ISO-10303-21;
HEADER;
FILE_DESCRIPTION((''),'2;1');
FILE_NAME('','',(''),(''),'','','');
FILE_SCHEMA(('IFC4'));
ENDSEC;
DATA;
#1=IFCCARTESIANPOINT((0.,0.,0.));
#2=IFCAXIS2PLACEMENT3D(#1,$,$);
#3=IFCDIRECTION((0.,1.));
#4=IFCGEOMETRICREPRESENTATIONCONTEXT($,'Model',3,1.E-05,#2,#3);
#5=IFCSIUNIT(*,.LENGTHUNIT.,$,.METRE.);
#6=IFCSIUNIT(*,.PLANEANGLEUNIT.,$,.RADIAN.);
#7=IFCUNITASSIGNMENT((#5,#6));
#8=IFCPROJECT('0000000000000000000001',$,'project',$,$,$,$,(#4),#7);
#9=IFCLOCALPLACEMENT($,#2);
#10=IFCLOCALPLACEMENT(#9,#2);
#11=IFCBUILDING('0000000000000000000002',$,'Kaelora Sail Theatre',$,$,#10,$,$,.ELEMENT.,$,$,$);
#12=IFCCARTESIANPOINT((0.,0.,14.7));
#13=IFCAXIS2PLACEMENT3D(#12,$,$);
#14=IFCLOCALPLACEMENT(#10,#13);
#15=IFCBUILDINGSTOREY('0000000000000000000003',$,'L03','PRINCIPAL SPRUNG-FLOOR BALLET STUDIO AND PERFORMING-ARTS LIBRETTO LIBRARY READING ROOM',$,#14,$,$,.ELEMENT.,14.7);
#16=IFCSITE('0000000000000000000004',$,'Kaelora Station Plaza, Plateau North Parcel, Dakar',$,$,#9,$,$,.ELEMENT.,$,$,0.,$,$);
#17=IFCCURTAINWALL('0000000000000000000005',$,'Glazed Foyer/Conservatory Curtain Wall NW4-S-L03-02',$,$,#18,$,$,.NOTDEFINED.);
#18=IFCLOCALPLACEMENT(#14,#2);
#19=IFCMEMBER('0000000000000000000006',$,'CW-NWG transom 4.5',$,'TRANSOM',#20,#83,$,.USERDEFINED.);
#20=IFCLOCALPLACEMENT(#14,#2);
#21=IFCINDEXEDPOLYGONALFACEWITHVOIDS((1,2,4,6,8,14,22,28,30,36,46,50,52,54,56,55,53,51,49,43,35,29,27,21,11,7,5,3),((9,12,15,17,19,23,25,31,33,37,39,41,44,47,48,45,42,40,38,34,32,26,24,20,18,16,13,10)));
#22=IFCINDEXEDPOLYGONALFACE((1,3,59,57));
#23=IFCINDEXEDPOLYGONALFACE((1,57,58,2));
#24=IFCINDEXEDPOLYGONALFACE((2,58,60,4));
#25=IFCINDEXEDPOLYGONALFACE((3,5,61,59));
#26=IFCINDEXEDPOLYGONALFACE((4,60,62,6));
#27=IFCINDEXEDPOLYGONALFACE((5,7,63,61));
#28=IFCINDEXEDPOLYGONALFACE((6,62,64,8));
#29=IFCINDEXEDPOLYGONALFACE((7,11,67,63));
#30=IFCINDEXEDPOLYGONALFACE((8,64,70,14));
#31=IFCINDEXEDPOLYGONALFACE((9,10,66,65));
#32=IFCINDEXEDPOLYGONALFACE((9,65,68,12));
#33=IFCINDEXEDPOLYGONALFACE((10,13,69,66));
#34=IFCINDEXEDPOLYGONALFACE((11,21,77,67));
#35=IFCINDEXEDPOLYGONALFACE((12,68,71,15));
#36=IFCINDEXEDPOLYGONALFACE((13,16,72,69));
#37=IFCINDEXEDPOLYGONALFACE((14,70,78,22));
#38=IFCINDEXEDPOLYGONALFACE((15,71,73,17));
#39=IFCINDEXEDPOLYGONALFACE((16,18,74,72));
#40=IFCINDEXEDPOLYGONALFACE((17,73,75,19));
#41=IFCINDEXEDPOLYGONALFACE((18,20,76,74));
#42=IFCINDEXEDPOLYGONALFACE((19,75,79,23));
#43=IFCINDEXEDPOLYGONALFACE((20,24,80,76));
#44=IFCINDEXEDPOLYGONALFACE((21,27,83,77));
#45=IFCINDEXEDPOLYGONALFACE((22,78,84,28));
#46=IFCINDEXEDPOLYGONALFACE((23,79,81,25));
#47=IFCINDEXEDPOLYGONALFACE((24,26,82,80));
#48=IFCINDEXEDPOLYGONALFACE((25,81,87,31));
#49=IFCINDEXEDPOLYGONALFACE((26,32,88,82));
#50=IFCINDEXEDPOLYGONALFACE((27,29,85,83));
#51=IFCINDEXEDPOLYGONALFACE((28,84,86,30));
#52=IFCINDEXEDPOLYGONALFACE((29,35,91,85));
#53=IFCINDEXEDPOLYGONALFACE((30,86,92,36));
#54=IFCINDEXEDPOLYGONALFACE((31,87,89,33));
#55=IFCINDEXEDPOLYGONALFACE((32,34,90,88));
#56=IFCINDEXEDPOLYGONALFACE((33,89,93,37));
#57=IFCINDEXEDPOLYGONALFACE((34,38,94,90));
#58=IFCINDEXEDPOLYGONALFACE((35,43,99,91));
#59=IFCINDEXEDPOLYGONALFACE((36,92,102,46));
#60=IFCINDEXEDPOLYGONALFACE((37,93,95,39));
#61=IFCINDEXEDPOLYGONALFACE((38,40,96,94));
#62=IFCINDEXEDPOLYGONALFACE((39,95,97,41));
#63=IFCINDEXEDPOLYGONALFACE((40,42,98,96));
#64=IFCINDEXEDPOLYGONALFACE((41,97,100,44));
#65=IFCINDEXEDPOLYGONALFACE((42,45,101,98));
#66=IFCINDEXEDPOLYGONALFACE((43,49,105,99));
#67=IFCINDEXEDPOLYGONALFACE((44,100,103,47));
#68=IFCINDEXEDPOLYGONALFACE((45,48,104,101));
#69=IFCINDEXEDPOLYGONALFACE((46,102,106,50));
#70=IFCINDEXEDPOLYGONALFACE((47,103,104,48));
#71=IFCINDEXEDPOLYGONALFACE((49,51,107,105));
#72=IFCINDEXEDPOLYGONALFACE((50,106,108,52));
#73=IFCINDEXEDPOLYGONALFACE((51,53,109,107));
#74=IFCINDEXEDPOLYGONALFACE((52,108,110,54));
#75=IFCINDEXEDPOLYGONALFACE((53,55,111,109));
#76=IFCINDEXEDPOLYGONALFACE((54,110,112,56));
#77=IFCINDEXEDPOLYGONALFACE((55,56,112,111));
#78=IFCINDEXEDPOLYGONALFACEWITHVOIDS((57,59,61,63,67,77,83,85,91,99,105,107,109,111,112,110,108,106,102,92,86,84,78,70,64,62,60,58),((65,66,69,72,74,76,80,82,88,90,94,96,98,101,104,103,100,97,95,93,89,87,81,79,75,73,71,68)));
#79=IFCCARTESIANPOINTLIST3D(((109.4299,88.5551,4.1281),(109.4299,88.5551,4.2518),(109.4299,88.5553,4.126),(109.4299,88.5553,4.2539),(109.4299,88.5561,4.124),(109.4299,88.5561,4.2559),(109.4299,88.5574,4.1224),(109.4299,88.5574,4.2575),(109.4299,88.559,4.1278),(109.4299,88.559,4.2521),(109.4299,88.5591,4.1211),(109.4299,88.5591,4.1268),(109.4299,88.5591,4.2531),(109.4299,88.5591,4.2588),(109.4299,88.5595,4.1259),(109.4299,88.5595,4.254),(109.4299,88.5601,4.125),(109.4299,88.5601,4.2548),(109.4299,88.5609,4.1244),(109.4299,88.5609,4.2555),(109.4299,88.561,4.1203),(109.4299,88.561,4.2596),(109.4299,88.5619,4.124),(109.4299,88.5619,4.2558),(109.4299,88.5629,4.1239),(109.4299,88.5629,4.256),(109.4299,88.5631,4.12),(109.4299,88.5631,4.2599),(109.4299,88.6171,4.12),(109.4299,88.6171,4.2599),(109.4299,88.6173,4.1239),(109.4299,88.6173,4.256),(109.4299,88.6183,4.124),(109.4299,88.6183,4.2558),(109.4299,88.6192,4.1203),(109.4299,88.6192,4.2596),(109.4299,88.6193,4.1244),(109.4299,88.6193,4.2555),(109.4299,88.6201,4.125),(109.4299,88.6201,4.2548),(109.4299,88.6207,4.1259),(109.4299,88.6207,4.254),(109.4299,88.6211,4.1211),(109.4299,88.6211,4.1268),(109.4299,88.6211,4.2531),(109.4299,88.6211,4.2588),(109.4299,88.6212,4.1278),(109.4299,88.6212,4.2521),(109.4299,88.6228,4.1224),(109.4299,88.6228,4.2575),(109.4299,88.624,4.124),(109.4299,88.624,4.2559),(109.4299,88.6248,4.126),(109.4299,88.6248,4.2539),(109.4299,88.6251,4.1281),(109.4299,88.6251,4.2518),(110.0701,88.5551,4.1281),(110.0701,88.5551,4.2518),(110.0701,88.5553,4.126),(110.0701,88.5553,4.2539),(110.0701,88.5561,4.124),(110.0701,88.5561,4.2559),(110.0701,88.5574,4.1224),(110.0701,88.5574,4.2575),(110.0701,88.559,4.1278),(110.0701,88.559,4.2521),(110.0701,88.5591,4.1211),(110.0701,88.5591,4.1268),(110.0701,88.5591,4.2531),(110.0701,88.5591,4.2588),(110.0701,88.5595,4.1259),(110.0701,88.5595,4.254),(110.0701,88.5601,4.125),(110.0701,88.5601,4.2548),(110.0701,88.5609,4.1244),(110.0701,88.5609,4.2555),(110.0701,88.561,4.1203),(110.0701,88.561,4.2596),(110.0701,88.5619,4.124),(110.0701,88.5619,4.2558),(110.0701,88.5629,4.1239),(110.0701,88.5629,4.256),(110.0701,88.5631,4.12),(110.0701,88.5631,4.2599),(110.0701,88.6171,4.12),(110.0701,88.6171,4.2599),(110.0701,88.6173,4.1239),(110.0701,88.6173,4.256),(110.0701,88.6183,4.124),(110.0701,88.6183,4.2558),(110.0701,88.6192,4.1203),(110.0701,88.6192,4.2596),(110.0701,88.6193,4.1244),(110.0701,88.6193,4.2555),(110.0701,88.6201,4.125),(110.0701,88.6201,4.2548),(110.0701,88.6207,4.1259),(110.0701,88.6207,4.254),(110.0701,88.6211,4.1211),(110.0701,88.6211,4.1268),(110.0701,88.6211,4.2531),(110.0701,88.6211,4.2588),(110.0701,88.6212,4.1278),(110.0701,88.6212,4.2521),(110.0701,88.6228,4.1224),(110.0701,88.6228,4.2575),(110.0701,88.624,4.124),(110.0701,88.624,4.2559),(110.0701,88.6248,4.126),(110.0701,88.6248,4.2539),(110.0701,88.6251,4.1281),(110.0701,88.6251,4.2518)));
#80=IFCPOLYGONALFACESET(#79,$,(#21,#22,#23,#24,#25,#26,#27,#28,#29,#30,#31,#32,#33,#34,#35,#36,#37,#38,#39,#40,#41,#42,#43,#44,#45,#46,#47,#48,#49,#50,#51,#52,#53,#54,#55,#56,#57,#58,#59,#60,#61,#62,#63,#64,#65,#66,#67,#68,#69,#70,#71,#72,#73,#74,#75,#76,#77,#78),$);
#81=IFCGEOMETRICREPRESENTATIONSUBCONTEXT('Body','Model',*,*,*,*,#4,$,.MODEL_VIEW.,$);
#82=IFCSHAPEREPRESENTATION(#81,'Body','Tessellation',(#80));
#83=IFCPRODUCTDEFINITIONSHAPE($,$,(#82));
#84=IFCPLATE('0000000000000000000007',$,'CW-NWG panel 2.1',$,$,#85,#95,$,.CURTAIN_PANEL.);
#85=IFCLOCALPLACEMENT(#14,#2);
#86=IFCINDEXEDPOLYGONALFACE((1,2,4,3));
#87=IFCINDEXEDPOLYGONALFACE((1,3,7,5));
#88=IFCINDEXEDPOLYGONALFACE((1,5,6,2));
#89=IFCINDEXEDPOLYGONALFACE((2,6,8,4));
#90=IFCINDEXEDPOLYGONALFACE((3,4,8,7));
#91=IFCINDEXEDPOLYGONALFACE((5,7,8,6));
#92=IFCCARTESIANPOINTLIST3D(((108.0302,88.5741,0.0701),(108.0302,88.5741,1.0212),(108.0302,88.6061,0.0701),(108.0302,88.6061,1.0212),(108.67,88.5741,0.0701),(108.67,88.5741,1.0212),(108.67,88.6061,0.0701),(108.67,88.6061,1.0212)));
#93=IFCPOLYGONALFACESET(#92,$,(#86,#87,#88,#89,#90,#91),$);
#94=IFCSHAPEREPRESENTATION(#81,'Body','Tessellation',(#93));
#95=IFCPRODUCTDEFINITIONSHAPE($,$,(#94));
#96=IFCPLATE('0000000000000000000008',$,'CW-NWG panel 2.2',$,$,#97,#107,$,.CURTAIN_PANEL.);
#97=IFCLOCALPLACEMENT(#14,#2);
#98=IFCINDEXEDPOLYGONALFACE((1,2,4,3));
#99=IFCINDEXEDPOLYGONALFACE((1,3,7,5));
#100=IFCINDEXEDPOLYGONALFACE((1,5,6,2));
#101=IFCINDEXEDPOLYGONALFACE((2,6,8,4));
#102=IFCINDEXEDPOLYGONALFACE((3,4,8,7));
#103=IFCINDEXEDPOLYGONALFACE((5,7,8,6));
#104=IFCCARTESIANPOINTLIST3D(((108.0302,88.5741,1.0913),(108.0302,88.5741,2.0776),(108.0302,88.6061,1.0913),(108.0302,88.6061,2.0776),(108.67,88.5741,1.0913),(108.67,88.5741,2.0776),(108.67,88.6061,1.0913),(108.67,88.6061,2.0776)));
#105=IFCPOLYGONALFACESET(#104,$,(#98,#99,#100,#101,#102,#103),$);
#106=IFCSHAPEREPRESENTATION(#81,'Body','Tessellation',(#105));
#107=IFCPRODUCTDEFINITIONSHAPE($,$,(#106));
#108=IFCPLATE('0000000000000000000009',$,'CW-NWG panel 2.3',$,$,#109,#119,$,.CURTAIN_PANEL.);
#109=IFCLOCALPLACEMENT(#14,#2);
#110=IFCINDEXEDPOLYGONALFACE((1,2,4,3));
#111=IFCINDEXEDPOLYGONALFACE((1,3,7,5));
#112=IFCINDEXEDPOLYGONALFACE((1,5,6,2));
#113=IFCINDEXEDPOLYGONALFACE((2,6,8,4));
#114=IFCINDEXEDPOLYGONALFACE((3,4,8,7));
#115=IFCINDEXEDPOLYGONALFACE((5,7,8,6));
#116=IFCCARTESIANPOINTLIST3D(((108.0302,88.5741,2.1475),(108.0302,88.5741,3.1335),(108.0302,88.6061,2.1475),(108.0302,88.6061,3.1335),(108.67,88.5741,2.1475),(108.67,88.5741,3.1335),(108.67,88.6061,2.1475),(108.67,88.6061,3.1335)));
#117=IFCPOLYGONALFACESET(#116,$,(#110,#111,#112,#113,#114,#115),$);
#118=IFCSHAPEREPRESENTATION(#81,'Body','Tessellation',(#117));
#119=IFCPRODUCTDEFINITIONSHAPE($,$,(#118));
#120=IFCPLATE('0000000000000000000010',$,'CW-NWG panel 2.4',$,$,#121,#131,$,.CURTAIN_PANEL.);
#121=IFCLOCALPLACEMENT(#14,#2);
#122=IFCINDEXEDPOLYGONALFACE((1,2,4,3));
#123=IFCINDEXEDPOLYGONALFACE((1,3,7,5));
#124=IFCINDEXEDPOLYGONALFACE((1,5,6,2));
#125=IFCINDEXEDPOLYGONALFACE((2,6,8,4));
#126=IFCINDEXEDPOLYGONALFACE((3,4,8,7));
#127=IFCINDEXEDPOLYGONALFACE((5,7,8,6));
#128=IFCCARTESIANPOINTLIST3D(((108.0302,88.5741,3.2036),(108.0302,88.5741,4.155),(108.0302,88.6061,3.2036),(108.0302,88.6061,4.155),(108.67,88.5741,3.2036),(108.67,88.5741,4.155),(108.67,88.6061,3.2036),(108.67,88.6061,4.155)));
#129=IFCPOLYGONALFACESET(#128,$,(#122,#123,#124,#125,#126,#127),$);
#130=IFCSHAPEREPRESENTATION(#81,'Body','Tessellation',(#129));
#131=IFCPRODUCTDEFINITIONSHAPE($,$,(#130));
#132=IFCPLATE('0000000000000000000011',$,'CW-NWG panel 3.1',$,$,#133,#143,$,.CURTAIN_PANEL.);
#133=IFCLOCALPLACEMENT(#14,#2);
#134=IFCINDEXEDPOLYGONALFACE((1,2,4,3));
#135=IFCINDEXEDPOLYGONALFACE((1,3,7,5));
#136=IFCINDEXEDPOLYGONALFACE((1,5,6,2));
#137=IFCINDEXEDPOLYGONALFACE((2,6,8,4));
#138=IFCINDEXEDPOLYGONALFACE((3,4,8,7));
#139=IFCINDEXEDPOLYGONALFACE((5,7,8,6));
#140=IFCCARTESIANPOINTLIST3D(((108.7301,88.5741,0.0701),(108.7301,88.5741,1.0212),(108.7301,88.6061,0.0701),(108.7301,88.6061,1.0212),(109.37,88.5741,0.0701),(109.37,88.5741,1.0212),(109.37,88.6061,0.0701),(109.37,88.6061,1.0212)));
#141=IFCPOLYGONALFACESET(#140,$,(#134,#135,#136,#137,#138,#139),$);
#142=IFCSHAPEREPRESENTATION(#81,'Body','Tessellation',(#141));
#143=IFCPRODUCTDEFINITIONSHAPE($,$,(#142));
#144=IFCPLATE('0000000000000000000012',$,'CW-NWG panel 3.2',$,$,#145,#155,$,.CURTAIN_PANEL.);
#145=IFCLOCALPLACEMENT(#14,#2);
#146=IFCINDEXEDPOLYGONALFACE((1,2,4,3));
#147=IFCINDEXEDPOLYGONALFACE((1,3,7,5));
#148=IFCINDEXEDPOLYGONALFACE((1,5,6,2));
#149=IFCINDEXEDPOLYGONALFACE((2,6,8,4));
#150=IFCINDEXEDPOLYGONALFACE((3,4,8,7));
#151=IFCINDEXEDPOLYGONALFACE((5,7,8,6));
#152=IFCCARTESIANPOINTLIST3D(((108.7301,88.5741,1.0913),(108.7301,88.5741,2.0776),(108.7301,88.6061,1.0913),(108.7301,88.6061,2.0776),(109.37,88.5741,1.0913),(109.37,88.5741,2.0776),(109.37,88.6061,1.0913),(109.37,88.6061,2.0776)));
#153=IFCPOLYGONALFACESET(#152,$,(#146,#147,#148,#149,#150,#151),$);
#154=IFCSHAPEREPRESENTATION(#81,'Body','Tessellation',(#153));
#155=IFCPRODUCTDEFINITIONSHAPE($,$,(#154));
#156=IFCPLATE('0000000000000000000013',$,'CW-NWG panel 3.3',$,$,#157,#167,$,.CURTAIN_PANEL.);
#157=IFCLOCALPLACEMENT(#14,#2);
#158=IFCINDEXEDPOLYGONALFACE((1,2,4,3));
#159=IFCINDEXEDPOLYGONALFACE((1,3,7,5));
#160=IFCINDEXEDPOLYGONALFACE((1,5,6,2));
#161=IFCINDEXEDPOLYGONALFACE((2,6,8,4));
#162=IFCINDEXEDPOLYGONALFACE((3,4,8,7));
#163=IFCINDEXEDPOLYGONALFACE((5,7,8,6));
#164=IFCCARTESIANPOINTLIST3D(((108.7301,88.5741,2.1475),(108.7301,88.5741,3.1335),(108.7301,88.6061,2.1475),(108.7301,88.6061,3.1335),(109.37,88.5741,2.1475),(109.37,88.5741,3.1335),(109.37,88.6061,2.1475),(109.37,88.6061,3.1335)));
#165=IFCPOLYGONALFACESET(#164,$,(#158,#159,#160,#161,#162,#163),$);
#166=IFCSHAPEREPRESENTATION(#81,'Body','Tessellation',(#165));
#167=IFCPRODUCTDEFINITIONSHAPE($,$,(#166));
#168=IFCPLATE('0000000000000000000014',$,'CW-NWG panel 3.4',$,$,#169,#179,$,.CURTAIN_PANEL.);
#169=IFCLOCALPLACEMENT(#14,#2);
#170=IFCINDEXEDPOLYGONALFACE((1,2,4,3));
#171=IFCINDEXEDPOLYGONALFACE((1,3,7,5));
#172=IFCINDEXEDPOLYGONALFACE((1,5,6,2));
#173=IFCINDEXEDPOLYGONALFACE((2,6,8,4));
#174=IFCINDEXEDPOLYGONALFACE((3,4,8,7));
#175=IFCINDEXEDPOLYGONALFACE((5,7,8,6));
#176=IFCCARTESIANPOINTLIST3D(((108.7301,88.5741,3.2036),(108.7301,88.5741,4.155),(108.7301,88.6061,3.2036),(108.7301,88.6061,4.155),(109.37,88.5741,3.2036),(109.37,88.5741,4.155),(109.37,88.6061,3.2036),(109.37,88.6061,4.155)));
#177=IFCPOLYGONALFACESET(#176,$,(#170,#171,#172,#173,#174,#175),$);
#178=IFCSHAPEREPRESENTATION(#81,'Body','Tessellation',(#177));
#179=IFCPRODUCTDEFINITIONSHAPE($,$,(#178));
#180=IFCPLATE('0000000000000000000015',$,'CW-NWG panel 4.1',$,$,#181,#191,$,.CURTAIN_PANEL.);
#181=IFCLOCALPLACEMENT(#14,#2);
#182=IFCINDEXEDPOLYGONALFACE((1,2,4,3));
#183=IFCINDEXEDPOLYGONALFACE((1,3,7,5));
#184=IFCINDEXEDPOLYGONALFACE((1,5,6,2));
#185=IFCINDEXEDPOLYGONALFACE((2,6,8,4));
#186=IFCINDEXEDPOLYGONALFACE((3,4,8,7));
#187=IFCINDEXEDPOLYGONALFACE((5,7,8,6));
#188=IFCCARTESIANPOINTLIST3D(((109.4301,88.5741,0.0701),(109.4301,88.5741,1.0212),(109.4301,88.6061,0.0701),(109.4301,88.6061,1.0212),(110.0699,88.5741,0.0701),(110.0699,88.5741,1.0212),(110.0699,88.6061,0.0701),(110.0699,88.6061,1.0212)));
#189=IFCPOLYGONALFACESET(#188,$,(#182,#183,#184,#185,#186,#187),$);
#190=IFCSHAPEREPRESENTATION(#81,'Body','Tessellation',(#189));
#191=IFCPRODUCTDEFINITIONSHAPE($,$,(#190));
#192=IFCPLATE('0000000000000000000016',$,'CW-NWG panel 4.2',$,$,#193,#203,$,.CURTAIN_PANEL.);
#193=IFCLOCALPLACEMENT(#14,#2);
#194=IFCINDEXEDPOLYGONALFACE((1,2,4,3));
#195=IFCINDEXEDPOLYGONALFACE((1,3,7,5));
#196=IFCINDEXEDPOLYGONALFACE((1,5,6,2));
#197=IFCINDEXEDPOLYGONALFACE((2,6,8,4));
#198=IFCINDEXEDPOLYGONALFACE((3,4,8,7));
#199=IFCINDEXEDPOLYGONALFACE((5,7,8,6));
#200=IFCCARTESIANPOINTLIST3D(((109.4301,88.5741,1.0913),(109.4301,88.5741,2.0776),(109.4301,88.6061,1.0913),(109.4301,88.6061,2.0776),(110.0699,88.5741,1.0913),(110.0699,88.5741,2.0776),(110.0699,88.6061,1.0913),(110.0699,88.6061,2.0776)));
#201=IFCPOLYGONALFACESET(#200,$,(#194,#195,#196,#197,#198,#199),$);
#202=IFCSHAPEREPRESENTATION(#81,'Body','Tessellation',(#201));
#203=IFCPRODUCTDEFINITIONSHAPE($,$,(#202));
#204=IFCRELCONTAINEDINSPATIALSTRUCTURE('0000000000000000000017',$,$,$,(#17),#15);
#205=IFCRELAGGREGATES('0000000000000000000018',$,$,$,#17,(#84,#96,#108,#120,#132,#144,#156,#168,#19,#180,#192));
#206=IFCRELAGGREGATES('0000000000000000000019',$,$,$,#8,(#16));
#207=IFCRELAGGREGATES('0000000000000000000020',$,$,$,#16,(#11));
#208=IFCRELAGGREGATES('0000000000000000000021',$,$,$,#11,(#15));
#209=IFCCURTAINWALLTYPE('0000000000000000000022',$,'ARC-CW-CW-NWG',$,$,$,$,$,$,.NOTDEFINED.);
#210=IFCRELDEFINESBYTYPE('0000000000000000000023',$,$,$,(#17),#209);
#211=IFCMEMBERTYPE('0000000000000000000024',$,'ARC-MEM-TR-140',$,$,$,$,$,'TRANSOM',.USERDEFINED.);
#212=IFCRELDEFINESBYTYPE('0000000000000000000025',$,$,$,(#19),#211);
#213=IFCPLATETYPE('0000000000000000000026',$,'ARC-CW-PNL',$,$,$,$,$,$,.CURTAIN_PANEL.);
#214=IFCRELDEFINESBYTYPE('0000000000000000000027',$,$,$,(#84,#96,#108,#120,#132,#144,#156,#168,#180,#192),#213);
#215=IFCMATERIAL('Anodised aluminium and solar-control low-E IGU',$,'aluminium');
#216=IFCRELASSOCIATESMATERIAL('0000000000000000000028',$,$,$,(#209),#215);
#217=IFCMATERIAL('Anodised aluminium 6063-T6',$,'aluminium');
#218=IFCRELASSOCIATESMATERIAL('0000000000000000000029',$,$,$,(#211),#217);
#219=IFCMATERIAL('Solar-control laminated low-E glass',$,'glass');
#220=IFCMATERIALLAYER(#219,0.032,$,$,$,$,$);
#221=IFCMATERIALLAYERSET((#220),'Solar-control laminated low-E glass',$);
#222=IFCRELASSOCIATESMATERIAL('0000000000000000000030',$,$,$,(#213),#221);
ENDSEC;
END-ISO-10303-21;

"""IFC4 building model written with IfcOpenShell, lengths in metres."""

from ifc_helpers import new_model, si_unit, direction, frame, origin, origin_2d, place, context, subcontext, project, spatial, rectangle, hollow_rectangle, extrude, material, layer, layer_set, material_profile, profile_set, type_object, element, aggregate, save


model = new_model("IFC4")

# Units and contexts
model_context = context("Model", 3, precision=1e-05, world=origin(), true_north=direction((0.0, 1.0)))
body_context = subcontext(model_context, "Body", "Model", "MODEL_VIEW")
ifc_project = project(units=[si_unit("LENGTHUNIT", "METRE"), si_unit("PLANEANGLEUNIT", "RADIAN")], contexts=[model_context])

# Site, building, storey
site_placement = place(None, origin())
site = spatial("IfcSite", under=ifc_project, at=site_placement, Name="Kaelora Station Plaza, Plateau North Parcel, Dakar", CompositionType="ELEMENT", RefElevation=0.0)
building_placement = place(site_placement, origin())
building = spatial("IfcBuilding", under=site, at=building_placement, Name="Kaelora Sail Theatre", CompositionType="ELEMENT")
storey_placement = place(building_placement, frame((0.0, 0.0, 14.7)))
storey = spatial("IfcBuildingStorey", under=building, at=storey_placement, Name="L03", Description="PRINCIPAL SPRUNG-FLOOR BALLET STUDIO AND PERFORMING-ARTS LIBRETTO LIBRARY READING ROOM", CompositionType="ELEMENT", Elevation=14.7)

# Curtain wall, member, plates
ifc_material_1 = material(Name="Anodised aluminium and solar-control low-E IGU", Category="aluminium")
curtain_wall_type = type_object("IfcCurtainWallType", Name="ARC-CW-CW-NWG", PredefinedType="NOTDEFINED", material=ifc_material_1)
curtain_wall_placement = place(storey_placement, origin())
curtain_wall = element("IfcCurtainWall", 1, at=curtain_wall_placement, inside=storey, type_object=curtain_wall_type, Name="Glazed Foyer/Conservatory Curtain Wall NW4-S-L03-02", PredefinedType="NOTDEFINED")
ifc_material_2 = material(Name="Anodised aluminium 6063-T6", Category="aluminium")
ifc_material_profile_1 = material_profile(ifc_material_2, hollow_rectangle(XDim=0.0701, YDim=0.1399, WallThickness=0.0039, InnerFilletRadius=0.0039, OuterFilletRadius=0.0081, at=origin_2d()), Name="ALU-TRAN 70x140x4")
ifc_profile_set_1 = profile_set([ifc_material_profile_1], Name="Anodised aluminium 6063-T6")
member_type_1 = type_object("IfcMemberType", Name="ARC-MEM-TR-140", ElementType="TRANSOM", PredefinedType="USERDEFINED", material=ifc_profile_set_1)
member_1_placement = place(storey_placement, frame((109.4299, 88.5901, 4.1899), z_axis=(1.0, 0.0, 0.0), x_axis=(0.0, 1.0, 0.0)))
member_1 = element("IfcMember", 2, at=member_1_placement, type_object=member_type_1, Name="CW-NWG transom 4.5", ObjectType="TRANSOM", PredefinedType="USERDEFINED", context=body_context, shape_type="SweptSolid", body=[
    extrude(hollow_rectangle(XDim=0.0701, YDim=0.1399, WallThickness=0.0039, InnerFilletRadius=0.0039, OuterFilletRadius=0.0081, at=origin_2d()), origin(), (0.0, 0.0, 1.0), 0.6401),
])
ifc_material_3 = material(Name="Solar-control laminated low-E glass", Category="glass")
ifc_layer = layer(ifc_material_3, 0.032)
ifc_layer_set = layer_set([ifc_layer], Name="Solar-control laminated low-E glass")
plate_type = type_object("IfcPlateType", Name="ARC-CW-PNL", PredefinedType="CURTAIN_PANEL", material=ifc_layer_set)
plate_1_placement = place(storey_placement, frame((108.3501, 88.5901, 0.0701), z_axis=(0.0, 0.0, 1.0), x_axis=(1.0, 0.0, 0.0)))
plate_1 = element("IfcPlate", 3, at=plate_1_placement, type_object=plate_type, Name="CW-NWG panel 2.1", PredefinedType="CURTAIN_PANEL", context=body_context, shape_type="SweptSolid", body=[
    extrude(rectangle(XDim=0.6399, YDim=0.032, at=origin_2d()), origin(), (0.0, 0.0, 1.0), 0.9512),
])
plate_2_placement = place(storey_placement, frame((108.3501, 88.5901, 1.0913), z_axis=(0.0, 0.0, 1.0), x_axis=(1.0, 0.0, 0.0)))
plate_2 = element("IfcPlate", 4, at=plate_2_placement, type_object=plate_type, Name="CW-NWG panel 2.2", PredefinedType="CURTAIN_PANEL", context=body_context, shape_type="SweptSolid", body=[
    extrude(rectangle(XDim=0.6399, YDim=0.032, at=origin_2d()), origin(), (0.0, 0.0, 1.0), 0.9863),
])
plate_3_placement = place(storey_placement, frame((108.3501, 88.5901, 2.1475), z_axis=(0.0, 0.0, 1.0), x_axis=(1.0, 0.0, 0.0)))
plate_3 = element("IfcPlate", 5, at=plate_3_placement, type_object=plate_type, Name="CW-NWG panel 2.3", PredefinedType="CURTAIN_PANEL", context=body_context, shape_type="SweptSolid", body=[
    extrude(rectangle(XDim=0.6399, YDim=0.032, at=origin_2d()), origin(), (0.0, 0.0, 1.0), 0.9861),
])
plate_4_placement = place(storey_placement, frame((108.3501, 88.5901, 3.2036), z_axis=(0.0, 0.0, 1.0), x_axis=(1.0, 0.0, 0.0)))
plate_4 = element("IfcPlate", 6, at=plate_4_placement, type_object=plate_type, Name="CW-NWG panel 2.4", PredefinedType="CURTAIN_PANEL", context=body_context, shape_type="SweptSolid", body=[
    extrude(rectangle(XDim=0.6399, YDim=0.032, at=origin_2d()), origin(), (0.0, 0.0, 1.0), 0.9514),
])
plate_5_placement = place(storey_placement, frame((109.05, 88.5901, 0.0701), z_axis=(0.0, 0.0, 1.0), x_axis=(1.0, 0.0, 0.0)))
plate_5 = element("IfcPlate", 7, at=plate_5_placement, type_object=plate_type, Name="CW-NWG panel 3.1", PredefinedType="CURTAIN_PANEL", context=body_context, shape_type="SweptSolid", body=[
    extrude(rectangle(XDim=0.6399, YDim=0.032, at=origin_2d()), origin(), (0.0, 0.0, 1.0), 0.9512),
])
plate_6_placement = place(storey_placement, frame((109.05, 88.5901, 1.0913), z_axis=(0.0, 0.0, 1.0), x_axis=(1.0, 0.0, 0.0)))
plate_6 = element("IfcPlate", 8, at=plate_6_placement, type_object=plate_type, Name="CW-NWG panel 3.2", PredefinedType="CURTAIN_PANEL", context=body_context, shape_type="SweptSolid", body=[
    extrude(rectangle(XDim=0.6399, YDim=0.032, at=origin_2d()), origin(), (0.0, 0.0, 1.0), 0.9863),
])
plate_7_placement = place(storey_placement, frame((109.05, 88.5901, 2.1475), z_axis=(0.0, 0.0, 1.0), x_axis=(1.0, 0.0, 0.0)))
plate_7 = element("IfcPlate", 9, at=plate_7_placement, type_object=plate_type, Name="CW-NWG panel 3.3", PredefinedType="CURTAIN_PANEL", context=body_context, shape_type="SweptSolid", body=[
    extrude(rectangle(XDim=0.6399, YDim=0.032, at=origin_2d()), origin(), (0.0, 0.0, 1.0), 0.9861),
])
plate_8_placement = place(storey_placement, frame((109.05, 88.5901, 3.2036), z_axis=(0.0, 0.0, 1.0), x_axis=(1.0, 0.0, 0.0)))
plate_8 = element("IfcPlate", 10, at=plate_8_placement, type_object=plate_type, Name="CW-NWG panel 3.4", PredefinedType="CURTAIN_PANEL", context=body_context, shape_type="SweptSolid", body=[
    extrude(rectangle(XDim=0.6399, YDim=0.032, at=origin_2d()), origin(), (0.0, 0.0, 1.0), 0.9514),
])
plate_9_placement = place(storey_placement, frame((109.75, 88.5901, 0.0701), z_axis=(0.0, 0.0, 1.0), x_axis=(1.0, 0.0, 0.0)))
plate_9 = element("IfcPlate", 11, at=plate_9_placement, type_object=plate_type, Name="CW-NWG panel 4.1", PredefinedType="CURTAIN_PANEL", context=body_context, shape_type="SweptSolid", body=[
    extrude(rectangle(XDim=0.6399, YDim=0.032, at=origin_2d()), origin(), (0.0, 0.0, 1.0), 0.9512),
])
plate_10_placement = place(storey_placement, frame((109.75, 88.5901, 1.0913), z_axis=(0.0, 0.0, 1.0), x_axis=(1.0, 0.0, 0.0)))
plate_10 = element("IfcPlate", 12, at=plate_10_placement, type_object=plate_type, Name="CW-NWG panel 4.2", PredefinedType="CURTAIN_PANEL", context=body_context, shape_type="SweptSolid", body=[
    extrude(rectangle(XDim=0.6399, YDim=0.032, at=origin_2d()), origin(), (0.0, 0.0, 1.0), 0.9863),
])
aggregate(curtain_wall, [plate_1, plate_2, plate_3, plate_4, plate_5, plate_6, plate_7, plate_8, member_1, plate_9, plate_10])

save(model, "model.ifc")
